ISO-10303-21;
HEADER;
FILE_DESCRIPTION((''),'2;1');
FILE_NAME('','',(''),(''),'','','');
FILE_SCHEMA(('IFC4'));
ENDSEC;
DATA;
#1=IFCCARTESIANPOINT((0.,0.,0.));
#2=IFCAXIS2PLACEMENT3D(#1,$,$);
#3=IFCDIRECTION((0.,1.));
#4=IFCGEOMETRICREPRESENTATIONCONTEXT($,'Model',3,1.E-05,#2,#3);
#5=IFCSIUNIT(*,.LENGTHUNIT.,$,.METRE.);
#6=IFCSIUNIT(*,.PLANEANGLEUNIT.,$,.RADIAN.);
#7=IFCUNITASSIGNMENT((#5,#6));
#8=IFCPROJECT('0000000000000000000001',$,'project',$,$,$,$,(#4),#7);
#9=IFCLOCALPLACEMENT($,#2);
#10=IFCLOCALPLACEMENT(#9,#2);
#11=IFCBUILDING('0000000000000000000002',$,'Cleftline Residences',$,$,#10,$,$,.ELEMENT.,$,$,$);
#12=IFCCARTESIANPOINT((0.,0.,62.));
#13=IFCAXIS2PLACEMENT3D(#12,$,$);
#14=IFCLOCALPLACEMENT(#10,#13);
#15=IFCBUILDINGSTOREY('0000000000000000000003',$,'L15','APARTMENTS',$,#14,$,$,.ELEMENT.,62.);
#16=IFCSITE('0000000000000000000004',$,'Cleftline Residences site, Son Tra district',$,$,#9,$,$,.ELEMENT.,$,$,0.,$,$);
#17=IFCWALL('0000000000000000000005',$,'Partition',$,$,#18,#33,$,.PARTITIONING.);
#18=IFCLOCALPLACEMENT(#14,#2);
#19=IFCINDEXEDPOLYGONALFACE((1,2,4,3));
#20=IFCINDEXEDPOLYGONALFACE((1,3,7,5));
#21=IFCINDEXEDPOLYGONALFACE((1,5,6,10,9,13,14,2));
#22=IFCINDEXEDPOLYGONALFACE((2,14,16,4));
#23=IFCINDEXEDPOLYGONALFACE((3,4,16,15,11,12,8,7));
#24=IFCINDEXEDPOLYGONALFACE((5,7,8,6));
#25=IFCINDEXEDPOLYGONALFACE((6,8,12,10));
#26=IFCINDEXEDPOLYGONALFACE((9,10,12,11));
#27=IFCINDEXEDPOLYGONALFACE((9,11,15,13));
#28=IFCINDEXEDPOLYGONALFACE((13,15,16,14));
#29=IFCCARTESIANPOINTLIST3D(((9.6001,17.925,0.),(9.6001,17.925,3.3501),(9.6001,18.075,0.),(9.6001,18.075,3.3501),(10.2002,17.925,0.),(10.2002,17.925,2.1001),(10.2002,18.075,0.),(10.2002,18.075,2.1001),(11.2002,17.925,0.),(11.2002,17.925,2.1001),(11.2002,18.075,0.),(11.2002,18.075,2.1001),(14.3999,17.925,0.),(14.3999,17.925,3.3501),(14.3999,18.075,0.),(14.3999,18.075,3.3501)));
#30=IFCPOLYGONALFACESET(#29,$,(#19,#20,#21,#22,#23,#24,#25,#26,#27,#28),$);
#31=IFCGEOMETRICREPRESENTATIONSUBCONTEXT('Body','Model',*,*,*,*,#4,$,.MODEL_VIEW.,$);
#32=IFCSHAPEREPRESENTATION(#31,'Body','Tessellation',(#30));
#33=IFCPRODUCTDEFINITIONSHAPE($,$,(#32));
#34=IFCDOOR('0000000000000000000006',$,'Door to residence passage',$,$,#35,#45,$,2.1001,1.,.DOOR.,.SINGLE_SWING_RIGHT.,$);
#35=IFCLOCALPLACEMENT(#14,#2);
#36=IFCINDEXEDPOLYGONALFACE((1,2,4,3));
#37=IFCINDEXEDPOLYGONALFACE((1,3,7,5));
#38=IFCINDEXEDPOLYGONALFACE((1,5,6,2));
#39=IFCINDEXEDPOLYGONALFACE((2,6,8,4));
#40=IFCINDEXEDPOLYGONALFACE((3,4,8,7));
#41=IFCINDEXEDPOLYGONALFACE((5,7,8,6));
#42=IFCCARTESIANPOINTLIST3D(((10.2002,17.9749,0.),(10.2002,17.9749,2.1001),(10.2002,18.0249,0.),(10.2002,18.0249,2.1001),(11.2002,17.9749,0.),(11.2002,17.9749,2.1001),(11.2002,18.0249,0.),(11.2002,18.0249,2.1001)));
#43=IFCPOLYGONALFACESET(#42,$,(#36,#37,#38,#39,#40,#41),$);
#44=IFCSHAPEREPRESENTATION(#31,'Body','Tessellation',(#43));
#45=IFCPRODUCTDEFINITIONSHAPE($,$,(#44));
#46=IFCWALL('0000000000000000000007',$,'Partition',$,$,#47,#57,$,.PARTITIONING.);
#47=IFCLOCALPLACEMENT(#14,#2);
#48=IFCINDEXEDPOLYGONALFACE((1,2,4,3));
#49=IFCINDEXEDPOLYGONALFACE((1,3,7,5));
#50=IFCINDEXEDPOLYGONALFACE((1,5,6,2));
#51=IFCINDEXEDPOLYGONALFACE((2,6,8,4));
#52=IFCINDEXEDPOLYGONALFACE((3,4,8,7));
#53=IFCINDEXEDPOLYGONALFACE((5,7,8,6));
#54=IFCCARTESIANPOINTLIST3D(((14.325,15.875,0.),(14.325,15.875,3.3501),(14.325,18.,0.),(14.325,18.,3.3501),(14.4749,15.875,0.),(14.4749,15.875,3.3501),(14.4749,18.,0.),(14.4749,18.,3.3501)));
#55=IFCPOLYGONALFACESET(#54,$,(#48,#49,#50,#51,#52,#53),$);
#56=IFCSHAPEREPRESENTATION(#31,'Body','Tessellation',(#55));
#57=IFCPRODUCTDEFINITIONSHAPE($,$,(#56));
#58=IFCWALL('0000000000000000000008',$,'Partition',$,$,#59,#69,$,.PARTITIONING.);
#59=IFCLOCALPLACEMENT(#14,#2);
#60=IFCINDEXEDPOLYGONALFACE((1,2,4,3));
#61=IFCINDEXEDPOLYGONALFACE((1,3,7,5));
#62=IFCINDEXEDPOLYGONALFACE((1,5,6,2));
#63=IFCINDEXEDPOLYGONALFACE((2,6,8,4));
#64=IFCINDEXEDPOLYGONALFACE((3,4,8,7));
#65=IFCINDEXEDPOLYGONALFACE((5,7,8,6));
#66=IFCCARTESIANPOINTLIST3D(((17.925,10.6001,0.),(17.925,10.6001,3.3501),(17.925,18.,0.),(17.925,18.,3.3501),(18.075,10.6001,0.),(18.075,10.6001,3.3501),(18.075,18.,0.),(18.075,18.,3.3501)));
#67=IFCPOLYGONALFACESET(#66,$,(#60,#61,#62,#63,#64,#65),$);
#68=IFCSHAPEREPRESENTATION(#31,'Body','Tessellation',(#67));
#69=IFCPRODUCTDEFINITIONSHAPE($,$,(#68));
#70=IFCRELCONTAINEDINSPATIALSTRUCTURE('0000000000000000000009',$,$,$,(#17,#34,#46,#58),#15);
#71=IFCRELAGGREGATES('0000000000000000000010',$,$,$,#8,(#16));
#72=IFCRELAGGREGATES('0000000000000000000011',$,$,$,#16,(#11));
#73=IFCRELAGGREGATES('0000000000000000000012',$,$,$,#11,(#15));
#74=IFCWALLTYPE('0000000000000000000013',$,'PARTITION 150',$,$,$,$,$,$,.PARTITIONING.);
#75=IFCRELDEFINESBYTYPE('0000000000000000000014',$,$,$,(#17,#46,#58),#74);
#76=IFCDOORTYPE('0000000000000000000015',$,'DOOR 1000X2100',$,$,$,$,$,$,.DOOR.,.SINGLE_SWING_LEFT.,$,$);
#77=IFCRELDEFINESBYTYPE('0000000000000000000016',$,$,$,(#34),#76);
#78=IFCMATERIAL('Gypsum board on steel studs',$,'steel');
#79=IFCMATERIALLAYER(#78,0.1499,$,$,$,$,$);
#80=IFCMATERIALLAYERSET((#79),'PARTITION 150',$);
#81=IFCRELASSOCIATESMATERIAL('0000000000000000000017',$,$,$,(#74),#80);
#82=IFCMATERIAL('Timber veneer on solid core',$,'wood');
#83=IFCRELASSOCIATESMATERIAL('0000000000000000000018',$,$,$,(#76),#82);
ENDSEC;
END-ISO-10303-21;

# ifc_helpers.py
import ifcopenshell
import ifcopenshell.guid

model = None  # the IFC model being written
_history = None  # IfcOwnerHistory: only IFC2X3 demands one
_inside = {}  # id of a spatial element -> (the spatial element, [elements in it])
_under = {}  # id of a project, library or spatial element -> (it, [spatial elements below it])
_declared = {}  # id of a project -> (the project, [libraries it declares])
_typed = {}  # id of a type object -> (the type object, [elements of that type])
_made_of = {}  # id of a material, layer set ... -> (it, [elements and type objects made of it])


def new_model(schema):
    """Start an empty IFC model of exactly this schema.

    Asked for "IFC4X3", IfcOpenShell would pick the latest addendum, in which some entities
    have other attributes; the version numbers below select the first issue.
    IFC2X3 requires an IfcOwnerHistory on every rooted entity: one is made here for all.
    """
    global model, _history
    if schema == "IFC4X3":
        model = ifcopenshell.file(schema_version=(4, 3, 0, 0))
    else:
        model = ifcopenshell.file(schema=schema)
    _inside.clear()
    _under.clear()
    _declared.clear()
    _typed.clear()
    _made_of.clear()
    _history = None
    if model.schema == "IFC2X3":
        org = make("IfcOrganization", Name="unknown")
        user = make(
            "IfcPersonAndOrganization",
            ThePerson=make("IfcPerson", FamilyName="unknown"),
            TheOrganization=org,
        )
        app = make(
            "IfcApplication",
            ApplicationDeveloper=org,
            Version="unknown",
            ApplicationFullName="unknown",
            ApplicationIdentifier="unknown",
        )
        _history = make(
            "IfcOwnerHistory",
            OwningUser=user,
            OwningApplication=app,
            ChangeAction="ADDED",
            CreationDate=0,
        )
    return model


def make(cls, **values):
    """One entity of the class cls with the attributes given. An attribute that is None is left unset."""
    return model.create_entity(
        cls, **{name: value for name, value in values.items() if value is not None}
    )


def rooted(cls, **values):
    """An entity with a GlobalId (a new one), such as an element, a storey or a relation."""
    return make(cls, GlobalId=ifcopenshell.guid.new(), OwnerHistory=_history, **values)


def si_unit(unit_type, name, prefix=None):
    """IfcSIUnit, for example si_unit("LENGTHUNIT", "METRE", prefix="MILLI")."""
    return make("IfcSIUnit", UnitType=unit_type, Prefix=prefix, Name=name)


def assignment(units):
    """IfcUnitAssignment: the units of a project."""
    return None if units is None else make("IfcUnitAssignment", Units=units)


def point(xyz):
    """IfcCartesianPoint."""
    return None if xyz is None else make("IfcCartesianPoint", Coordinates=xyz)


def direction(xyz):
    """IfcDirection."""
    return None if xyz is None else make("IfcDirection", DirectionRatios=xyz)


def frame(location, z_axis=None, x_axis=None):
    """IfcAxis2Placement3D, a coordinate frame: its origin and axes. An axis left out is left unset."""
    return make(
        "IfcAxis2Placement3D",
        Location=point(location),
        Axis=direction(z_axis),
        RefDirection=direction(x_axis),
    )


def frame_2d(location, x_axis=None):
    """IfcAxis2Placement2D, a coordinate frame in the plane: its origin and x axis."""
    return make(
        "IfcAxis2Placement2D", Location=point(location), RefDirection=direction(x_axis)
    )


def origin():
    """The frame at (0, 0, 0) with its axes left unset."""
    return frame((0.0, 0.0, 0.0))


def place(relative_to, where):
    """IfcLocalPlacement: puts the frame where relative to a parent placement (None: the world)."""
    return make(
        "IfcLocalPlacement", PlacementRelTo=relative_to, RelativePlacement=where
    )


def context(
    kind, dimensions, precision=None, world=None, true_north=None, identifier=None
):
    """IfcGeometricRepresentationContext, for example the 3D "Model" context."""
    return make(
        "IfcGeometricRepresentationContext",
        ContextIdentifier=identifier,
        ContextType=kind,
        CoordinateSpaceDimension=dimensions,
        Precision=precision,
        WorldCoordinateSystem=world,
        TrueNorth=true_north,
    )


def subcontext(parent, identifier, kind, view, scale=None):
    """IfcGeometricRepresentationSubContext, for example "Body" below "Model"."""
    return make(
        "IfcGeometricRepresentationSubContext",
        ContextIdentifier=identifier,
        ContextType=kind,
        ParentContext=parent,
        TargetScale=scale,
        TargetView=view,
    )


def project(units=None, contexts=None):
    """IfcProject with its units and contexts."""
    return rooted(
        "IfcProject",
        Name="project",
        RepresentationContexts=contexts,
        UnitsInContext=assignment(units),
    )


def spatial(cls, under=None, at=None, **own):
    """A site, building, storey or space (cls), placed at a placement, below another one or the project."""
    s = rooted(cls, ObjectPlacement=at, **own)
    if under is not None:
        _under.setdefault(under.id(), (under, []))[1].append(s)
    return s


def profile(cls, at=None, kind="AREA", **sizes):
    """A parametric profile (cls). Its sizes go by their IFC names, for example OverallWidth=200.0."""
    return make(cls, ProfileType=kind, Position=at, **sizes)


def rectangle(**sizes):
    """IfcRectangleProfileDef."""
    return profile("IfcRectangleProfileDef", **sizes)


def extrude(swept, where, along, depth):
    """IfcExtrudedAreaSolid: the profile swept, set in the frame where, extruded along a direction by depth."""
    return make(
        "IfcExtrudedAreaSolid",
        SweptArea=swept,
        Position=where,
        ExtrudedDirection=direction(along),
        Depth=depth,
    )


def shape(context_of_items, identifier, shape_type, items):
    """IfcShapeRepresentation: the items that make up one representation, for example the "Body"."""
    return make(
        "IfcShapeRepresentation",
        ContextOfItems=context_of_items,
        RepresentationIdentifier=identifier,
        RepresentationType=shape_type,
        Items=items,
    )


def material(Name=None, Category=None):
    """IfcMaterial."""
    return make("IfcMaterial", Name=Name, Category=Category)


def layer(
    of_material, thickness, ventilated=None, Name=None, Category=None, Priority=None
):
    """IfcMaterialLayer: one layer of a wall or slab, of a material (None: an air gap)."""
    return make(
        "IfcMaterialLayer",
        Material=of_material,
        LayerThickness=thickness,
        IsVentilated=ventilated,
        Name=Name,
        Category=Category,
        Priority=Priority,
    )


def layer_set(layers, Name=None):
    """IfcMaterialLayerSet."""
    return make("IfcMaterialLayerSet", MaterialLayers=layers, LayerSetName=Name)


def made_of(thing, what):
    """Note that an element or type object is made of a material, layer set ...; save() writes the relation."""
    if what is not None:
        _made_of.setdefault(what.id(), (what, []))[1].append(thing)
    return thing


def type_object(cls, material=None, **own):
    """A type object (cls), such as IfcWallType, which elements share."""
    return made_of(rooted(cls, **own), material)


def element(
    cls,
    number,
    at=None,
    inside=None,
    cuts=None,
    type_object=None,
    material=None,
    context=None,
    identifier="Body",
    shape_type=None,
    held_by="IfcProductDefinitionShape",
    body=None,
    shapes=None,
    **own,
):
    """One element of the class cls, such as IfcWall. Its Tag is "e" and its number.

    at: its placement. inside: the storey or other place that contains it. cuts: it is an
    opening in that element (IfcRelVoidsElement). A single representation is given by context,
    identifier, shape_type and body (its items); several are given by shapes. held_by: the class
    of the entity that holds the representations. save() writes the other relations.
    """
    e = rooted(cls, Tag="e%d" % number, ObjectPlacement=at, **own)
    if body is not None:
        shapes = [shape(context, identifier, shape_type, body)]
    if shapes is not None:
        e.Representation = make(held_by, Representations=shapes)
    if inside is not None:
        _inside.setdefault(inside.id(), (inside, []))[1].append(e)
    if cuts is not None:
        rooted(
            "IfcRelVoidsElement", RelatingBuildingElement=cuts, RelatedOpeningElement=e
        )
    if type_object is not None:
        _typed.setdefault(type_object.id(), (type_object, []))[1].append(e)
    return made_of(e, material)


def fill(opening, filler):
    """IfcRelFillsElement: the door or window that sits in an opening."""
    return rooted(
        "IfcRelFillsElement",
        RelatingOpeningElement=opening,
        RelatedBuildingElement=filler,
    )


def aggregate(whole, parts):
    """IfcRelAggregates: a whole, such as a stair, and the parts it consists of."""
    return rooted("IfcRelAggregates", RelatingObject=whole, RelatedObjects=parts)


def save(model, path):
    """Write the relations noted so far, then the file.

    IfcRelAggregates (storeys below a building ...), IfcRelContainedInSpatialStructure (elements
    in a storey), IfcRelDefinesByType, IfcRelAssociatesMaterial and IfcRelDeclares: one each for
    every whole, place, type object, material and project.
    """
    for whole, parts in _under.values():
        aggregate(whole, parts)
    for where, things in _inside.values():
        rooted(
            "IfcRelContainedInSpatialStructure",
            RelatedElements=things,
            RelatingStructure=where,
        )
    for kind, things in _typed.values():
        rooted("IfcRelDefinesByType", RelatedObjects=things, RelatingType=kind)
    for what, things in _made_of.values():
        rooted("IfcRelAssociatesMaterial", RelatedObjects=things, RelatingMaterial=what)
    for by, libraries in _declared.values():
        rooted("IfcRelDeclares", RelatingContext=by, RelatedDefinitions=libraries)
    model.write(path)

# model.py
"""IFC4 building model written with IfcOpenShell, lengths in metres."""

from ifc_helpers import new_model, si_unit, direction, frame, frame_2d, origin, place, context, subcontext, project, spatial, rectangle, extrude, material, layer, layer_set, type_object, element, fill, save


model = new_model("IFC4")

# Units and contexts
model_context = context("Model", 3, precision=1e-05, world=origin(), true_north=direction((0.0, 1.0)))
body_context = subcontext(model_context, "Body", "Model", "MODEL_VIEW")
ifc_project = project(units=[si_unit("LENGTHUNIT", "METRE"), si_unit("PLANEANGLEUNIT", "RADIAN")], contexts=[model_context])

# Site, building, storey
site_placement = place(None, origin())
site = spatial("IfcSite", under=ifc_project, at=site_placement, Name="Cleftline Residences site, Son Tra district", CompositionType="ELEMENT", RefElevation=0.0)
building_placement = place(site_placement, origin())
building = spatial("IfcBuilding", under=site, at=building_placement, Name="Cleftline Residences", CompositionType="ELEMENT")
storey_placement = place(building_placement, frame((0.0, 0.0, 62.0)))
storey = spatial("IfcBuildingStorey", under=building, at=storey_placement, Name="L15", Description="APARTMENTS", CompositionType="ELEMENT", Elevation=62.0)

# Shared definitions
ifc_material_1 = material(Name="Gypsum board on steel studs", Category="steel")
ifc_layer_1 = layer(ifc_material_1, 0.1499)
ifc_layer_set_1 = layer_set([ifc_layer_1], Name="PARTITION 150")
wall_type_1 = type_object("IfcWallType", Name="PARTITION 150", PredefinedType="PARTITIONING", material=ifc_layer_set_1)

# Wall, opening, door
wall_1_placement = place(storey_placement, frame((9.6001, 18.0, 0.0), z_axis=(0.0, 0.0, 1.0), x_axis=(1.0, 0.0, 0.0)))
wall_1 = element("IfcWall", 1, at=wall_1_placement, inside=storey, type_object=wall_type_1, Name="Partition", PredefinedType="PARTITIONING", context=body_context, shape_type="SweptSolid", body=[
    extrude(rectangle(XDim=4.7998, YDim=0.1499, at=frame_2d((2.3999, 0.0))), origin(), (0.0, 0.0, 1.0), 3.3501),
])
opening_1_placement = place(wall_1_placement, frame((0.6001, 0.0, 0.0)))
opening_1 = element("IfcOpeningElement", 2, at=opening_1_placement, cuts=wall_1, PredefinedType="OPENING", context=body_context, shape_type="SweptSolid", body=[
    extrude(rectangle(XDim=1.0, YDim=2.1001, at=frame_2d((0.5, 1.05))), frame((0.0, 0.085, 0.0), z_axis=(0.0, -1.0, 0.0), x_axis=(1.0, 0.0, 0.0)), (0.0, 0.0, 1.0), 0.1699),
])
ifc_material_2 = material(Name="Timber veneer on solid core", Category="wood")
door_type_1 = type_object("IfcDoorType", Name="DOOR 1000X2100", OperationType="SINGLE_SWING_LEFT", PredefinedType="DOOR", material=ifc_material_2)
door_1_placement = place(opening_1_placement, origin())
door_1 = element("IfcDoor", 3, at=door_1_placement, inside=storey, type_object=door_type_1, Name="Door to residence passage", OperationType="SINGLE_SWING_RIGHT", OverallHeight=2.1001, OverallWidth=1.0, PredefinedType="DOOR", context=body_context, shape_type="SweptSolid", body=[
    extrude(rectangle(XDim=1.0, YDim=2.1001, at=frame_2d((0.5, 1.05))), frame((0.0, 0.0249, 0.0), z_axis=(0.0, -1.0, 0.0), x_axis=(1.0, 0.0, 0.0)), (0.0, 0.0, 1.0), 0.05),
])
fill(opening_1, door_1)

# Walls
wall_2_placement = place(storey_placement, frame((14.3999, 15.875, 0.0), z_axis=(0.0, 0.0, 1.0), x_axis=(0.0, 1.0, 0.0)))
element("IfcWall", 4, at=wall_2_placement, inside=storey, type_object=wall_type_1, Name="Partition", PredefinedType="PARTITIONING", context=body_context, shape_type="SweptSolid", body=[
    extrude(rectangle(XDim=2.125, YDim=0.1499, at=frame_2d((1.0625, 0.0))), origin(), (0.0, 0.0, 1.0), 3.3501),
])
wall_3_placement = place(storey_placement, frame((18.0, 10.6001, 0.0), z_axis=(0.0, 0.0, 1.0), x_axis=(0.0, 1.0, 0.0)))
element("IfcWall", 5, at=wall_3_placement, inside=storey, type_object=wall_type_1, Name="Partition", PredefinedType="PARTITIONING", context=body_context, shape_type="SweptSolid", body=[
    extrude(rectangle(XDim=7.3999, YDim=0.1499, at=frame_2d((3.7, 0.0))), origin(), (0.0, 0.0, 1.0), 3.3501),
])

save(model, "model.ifc")
